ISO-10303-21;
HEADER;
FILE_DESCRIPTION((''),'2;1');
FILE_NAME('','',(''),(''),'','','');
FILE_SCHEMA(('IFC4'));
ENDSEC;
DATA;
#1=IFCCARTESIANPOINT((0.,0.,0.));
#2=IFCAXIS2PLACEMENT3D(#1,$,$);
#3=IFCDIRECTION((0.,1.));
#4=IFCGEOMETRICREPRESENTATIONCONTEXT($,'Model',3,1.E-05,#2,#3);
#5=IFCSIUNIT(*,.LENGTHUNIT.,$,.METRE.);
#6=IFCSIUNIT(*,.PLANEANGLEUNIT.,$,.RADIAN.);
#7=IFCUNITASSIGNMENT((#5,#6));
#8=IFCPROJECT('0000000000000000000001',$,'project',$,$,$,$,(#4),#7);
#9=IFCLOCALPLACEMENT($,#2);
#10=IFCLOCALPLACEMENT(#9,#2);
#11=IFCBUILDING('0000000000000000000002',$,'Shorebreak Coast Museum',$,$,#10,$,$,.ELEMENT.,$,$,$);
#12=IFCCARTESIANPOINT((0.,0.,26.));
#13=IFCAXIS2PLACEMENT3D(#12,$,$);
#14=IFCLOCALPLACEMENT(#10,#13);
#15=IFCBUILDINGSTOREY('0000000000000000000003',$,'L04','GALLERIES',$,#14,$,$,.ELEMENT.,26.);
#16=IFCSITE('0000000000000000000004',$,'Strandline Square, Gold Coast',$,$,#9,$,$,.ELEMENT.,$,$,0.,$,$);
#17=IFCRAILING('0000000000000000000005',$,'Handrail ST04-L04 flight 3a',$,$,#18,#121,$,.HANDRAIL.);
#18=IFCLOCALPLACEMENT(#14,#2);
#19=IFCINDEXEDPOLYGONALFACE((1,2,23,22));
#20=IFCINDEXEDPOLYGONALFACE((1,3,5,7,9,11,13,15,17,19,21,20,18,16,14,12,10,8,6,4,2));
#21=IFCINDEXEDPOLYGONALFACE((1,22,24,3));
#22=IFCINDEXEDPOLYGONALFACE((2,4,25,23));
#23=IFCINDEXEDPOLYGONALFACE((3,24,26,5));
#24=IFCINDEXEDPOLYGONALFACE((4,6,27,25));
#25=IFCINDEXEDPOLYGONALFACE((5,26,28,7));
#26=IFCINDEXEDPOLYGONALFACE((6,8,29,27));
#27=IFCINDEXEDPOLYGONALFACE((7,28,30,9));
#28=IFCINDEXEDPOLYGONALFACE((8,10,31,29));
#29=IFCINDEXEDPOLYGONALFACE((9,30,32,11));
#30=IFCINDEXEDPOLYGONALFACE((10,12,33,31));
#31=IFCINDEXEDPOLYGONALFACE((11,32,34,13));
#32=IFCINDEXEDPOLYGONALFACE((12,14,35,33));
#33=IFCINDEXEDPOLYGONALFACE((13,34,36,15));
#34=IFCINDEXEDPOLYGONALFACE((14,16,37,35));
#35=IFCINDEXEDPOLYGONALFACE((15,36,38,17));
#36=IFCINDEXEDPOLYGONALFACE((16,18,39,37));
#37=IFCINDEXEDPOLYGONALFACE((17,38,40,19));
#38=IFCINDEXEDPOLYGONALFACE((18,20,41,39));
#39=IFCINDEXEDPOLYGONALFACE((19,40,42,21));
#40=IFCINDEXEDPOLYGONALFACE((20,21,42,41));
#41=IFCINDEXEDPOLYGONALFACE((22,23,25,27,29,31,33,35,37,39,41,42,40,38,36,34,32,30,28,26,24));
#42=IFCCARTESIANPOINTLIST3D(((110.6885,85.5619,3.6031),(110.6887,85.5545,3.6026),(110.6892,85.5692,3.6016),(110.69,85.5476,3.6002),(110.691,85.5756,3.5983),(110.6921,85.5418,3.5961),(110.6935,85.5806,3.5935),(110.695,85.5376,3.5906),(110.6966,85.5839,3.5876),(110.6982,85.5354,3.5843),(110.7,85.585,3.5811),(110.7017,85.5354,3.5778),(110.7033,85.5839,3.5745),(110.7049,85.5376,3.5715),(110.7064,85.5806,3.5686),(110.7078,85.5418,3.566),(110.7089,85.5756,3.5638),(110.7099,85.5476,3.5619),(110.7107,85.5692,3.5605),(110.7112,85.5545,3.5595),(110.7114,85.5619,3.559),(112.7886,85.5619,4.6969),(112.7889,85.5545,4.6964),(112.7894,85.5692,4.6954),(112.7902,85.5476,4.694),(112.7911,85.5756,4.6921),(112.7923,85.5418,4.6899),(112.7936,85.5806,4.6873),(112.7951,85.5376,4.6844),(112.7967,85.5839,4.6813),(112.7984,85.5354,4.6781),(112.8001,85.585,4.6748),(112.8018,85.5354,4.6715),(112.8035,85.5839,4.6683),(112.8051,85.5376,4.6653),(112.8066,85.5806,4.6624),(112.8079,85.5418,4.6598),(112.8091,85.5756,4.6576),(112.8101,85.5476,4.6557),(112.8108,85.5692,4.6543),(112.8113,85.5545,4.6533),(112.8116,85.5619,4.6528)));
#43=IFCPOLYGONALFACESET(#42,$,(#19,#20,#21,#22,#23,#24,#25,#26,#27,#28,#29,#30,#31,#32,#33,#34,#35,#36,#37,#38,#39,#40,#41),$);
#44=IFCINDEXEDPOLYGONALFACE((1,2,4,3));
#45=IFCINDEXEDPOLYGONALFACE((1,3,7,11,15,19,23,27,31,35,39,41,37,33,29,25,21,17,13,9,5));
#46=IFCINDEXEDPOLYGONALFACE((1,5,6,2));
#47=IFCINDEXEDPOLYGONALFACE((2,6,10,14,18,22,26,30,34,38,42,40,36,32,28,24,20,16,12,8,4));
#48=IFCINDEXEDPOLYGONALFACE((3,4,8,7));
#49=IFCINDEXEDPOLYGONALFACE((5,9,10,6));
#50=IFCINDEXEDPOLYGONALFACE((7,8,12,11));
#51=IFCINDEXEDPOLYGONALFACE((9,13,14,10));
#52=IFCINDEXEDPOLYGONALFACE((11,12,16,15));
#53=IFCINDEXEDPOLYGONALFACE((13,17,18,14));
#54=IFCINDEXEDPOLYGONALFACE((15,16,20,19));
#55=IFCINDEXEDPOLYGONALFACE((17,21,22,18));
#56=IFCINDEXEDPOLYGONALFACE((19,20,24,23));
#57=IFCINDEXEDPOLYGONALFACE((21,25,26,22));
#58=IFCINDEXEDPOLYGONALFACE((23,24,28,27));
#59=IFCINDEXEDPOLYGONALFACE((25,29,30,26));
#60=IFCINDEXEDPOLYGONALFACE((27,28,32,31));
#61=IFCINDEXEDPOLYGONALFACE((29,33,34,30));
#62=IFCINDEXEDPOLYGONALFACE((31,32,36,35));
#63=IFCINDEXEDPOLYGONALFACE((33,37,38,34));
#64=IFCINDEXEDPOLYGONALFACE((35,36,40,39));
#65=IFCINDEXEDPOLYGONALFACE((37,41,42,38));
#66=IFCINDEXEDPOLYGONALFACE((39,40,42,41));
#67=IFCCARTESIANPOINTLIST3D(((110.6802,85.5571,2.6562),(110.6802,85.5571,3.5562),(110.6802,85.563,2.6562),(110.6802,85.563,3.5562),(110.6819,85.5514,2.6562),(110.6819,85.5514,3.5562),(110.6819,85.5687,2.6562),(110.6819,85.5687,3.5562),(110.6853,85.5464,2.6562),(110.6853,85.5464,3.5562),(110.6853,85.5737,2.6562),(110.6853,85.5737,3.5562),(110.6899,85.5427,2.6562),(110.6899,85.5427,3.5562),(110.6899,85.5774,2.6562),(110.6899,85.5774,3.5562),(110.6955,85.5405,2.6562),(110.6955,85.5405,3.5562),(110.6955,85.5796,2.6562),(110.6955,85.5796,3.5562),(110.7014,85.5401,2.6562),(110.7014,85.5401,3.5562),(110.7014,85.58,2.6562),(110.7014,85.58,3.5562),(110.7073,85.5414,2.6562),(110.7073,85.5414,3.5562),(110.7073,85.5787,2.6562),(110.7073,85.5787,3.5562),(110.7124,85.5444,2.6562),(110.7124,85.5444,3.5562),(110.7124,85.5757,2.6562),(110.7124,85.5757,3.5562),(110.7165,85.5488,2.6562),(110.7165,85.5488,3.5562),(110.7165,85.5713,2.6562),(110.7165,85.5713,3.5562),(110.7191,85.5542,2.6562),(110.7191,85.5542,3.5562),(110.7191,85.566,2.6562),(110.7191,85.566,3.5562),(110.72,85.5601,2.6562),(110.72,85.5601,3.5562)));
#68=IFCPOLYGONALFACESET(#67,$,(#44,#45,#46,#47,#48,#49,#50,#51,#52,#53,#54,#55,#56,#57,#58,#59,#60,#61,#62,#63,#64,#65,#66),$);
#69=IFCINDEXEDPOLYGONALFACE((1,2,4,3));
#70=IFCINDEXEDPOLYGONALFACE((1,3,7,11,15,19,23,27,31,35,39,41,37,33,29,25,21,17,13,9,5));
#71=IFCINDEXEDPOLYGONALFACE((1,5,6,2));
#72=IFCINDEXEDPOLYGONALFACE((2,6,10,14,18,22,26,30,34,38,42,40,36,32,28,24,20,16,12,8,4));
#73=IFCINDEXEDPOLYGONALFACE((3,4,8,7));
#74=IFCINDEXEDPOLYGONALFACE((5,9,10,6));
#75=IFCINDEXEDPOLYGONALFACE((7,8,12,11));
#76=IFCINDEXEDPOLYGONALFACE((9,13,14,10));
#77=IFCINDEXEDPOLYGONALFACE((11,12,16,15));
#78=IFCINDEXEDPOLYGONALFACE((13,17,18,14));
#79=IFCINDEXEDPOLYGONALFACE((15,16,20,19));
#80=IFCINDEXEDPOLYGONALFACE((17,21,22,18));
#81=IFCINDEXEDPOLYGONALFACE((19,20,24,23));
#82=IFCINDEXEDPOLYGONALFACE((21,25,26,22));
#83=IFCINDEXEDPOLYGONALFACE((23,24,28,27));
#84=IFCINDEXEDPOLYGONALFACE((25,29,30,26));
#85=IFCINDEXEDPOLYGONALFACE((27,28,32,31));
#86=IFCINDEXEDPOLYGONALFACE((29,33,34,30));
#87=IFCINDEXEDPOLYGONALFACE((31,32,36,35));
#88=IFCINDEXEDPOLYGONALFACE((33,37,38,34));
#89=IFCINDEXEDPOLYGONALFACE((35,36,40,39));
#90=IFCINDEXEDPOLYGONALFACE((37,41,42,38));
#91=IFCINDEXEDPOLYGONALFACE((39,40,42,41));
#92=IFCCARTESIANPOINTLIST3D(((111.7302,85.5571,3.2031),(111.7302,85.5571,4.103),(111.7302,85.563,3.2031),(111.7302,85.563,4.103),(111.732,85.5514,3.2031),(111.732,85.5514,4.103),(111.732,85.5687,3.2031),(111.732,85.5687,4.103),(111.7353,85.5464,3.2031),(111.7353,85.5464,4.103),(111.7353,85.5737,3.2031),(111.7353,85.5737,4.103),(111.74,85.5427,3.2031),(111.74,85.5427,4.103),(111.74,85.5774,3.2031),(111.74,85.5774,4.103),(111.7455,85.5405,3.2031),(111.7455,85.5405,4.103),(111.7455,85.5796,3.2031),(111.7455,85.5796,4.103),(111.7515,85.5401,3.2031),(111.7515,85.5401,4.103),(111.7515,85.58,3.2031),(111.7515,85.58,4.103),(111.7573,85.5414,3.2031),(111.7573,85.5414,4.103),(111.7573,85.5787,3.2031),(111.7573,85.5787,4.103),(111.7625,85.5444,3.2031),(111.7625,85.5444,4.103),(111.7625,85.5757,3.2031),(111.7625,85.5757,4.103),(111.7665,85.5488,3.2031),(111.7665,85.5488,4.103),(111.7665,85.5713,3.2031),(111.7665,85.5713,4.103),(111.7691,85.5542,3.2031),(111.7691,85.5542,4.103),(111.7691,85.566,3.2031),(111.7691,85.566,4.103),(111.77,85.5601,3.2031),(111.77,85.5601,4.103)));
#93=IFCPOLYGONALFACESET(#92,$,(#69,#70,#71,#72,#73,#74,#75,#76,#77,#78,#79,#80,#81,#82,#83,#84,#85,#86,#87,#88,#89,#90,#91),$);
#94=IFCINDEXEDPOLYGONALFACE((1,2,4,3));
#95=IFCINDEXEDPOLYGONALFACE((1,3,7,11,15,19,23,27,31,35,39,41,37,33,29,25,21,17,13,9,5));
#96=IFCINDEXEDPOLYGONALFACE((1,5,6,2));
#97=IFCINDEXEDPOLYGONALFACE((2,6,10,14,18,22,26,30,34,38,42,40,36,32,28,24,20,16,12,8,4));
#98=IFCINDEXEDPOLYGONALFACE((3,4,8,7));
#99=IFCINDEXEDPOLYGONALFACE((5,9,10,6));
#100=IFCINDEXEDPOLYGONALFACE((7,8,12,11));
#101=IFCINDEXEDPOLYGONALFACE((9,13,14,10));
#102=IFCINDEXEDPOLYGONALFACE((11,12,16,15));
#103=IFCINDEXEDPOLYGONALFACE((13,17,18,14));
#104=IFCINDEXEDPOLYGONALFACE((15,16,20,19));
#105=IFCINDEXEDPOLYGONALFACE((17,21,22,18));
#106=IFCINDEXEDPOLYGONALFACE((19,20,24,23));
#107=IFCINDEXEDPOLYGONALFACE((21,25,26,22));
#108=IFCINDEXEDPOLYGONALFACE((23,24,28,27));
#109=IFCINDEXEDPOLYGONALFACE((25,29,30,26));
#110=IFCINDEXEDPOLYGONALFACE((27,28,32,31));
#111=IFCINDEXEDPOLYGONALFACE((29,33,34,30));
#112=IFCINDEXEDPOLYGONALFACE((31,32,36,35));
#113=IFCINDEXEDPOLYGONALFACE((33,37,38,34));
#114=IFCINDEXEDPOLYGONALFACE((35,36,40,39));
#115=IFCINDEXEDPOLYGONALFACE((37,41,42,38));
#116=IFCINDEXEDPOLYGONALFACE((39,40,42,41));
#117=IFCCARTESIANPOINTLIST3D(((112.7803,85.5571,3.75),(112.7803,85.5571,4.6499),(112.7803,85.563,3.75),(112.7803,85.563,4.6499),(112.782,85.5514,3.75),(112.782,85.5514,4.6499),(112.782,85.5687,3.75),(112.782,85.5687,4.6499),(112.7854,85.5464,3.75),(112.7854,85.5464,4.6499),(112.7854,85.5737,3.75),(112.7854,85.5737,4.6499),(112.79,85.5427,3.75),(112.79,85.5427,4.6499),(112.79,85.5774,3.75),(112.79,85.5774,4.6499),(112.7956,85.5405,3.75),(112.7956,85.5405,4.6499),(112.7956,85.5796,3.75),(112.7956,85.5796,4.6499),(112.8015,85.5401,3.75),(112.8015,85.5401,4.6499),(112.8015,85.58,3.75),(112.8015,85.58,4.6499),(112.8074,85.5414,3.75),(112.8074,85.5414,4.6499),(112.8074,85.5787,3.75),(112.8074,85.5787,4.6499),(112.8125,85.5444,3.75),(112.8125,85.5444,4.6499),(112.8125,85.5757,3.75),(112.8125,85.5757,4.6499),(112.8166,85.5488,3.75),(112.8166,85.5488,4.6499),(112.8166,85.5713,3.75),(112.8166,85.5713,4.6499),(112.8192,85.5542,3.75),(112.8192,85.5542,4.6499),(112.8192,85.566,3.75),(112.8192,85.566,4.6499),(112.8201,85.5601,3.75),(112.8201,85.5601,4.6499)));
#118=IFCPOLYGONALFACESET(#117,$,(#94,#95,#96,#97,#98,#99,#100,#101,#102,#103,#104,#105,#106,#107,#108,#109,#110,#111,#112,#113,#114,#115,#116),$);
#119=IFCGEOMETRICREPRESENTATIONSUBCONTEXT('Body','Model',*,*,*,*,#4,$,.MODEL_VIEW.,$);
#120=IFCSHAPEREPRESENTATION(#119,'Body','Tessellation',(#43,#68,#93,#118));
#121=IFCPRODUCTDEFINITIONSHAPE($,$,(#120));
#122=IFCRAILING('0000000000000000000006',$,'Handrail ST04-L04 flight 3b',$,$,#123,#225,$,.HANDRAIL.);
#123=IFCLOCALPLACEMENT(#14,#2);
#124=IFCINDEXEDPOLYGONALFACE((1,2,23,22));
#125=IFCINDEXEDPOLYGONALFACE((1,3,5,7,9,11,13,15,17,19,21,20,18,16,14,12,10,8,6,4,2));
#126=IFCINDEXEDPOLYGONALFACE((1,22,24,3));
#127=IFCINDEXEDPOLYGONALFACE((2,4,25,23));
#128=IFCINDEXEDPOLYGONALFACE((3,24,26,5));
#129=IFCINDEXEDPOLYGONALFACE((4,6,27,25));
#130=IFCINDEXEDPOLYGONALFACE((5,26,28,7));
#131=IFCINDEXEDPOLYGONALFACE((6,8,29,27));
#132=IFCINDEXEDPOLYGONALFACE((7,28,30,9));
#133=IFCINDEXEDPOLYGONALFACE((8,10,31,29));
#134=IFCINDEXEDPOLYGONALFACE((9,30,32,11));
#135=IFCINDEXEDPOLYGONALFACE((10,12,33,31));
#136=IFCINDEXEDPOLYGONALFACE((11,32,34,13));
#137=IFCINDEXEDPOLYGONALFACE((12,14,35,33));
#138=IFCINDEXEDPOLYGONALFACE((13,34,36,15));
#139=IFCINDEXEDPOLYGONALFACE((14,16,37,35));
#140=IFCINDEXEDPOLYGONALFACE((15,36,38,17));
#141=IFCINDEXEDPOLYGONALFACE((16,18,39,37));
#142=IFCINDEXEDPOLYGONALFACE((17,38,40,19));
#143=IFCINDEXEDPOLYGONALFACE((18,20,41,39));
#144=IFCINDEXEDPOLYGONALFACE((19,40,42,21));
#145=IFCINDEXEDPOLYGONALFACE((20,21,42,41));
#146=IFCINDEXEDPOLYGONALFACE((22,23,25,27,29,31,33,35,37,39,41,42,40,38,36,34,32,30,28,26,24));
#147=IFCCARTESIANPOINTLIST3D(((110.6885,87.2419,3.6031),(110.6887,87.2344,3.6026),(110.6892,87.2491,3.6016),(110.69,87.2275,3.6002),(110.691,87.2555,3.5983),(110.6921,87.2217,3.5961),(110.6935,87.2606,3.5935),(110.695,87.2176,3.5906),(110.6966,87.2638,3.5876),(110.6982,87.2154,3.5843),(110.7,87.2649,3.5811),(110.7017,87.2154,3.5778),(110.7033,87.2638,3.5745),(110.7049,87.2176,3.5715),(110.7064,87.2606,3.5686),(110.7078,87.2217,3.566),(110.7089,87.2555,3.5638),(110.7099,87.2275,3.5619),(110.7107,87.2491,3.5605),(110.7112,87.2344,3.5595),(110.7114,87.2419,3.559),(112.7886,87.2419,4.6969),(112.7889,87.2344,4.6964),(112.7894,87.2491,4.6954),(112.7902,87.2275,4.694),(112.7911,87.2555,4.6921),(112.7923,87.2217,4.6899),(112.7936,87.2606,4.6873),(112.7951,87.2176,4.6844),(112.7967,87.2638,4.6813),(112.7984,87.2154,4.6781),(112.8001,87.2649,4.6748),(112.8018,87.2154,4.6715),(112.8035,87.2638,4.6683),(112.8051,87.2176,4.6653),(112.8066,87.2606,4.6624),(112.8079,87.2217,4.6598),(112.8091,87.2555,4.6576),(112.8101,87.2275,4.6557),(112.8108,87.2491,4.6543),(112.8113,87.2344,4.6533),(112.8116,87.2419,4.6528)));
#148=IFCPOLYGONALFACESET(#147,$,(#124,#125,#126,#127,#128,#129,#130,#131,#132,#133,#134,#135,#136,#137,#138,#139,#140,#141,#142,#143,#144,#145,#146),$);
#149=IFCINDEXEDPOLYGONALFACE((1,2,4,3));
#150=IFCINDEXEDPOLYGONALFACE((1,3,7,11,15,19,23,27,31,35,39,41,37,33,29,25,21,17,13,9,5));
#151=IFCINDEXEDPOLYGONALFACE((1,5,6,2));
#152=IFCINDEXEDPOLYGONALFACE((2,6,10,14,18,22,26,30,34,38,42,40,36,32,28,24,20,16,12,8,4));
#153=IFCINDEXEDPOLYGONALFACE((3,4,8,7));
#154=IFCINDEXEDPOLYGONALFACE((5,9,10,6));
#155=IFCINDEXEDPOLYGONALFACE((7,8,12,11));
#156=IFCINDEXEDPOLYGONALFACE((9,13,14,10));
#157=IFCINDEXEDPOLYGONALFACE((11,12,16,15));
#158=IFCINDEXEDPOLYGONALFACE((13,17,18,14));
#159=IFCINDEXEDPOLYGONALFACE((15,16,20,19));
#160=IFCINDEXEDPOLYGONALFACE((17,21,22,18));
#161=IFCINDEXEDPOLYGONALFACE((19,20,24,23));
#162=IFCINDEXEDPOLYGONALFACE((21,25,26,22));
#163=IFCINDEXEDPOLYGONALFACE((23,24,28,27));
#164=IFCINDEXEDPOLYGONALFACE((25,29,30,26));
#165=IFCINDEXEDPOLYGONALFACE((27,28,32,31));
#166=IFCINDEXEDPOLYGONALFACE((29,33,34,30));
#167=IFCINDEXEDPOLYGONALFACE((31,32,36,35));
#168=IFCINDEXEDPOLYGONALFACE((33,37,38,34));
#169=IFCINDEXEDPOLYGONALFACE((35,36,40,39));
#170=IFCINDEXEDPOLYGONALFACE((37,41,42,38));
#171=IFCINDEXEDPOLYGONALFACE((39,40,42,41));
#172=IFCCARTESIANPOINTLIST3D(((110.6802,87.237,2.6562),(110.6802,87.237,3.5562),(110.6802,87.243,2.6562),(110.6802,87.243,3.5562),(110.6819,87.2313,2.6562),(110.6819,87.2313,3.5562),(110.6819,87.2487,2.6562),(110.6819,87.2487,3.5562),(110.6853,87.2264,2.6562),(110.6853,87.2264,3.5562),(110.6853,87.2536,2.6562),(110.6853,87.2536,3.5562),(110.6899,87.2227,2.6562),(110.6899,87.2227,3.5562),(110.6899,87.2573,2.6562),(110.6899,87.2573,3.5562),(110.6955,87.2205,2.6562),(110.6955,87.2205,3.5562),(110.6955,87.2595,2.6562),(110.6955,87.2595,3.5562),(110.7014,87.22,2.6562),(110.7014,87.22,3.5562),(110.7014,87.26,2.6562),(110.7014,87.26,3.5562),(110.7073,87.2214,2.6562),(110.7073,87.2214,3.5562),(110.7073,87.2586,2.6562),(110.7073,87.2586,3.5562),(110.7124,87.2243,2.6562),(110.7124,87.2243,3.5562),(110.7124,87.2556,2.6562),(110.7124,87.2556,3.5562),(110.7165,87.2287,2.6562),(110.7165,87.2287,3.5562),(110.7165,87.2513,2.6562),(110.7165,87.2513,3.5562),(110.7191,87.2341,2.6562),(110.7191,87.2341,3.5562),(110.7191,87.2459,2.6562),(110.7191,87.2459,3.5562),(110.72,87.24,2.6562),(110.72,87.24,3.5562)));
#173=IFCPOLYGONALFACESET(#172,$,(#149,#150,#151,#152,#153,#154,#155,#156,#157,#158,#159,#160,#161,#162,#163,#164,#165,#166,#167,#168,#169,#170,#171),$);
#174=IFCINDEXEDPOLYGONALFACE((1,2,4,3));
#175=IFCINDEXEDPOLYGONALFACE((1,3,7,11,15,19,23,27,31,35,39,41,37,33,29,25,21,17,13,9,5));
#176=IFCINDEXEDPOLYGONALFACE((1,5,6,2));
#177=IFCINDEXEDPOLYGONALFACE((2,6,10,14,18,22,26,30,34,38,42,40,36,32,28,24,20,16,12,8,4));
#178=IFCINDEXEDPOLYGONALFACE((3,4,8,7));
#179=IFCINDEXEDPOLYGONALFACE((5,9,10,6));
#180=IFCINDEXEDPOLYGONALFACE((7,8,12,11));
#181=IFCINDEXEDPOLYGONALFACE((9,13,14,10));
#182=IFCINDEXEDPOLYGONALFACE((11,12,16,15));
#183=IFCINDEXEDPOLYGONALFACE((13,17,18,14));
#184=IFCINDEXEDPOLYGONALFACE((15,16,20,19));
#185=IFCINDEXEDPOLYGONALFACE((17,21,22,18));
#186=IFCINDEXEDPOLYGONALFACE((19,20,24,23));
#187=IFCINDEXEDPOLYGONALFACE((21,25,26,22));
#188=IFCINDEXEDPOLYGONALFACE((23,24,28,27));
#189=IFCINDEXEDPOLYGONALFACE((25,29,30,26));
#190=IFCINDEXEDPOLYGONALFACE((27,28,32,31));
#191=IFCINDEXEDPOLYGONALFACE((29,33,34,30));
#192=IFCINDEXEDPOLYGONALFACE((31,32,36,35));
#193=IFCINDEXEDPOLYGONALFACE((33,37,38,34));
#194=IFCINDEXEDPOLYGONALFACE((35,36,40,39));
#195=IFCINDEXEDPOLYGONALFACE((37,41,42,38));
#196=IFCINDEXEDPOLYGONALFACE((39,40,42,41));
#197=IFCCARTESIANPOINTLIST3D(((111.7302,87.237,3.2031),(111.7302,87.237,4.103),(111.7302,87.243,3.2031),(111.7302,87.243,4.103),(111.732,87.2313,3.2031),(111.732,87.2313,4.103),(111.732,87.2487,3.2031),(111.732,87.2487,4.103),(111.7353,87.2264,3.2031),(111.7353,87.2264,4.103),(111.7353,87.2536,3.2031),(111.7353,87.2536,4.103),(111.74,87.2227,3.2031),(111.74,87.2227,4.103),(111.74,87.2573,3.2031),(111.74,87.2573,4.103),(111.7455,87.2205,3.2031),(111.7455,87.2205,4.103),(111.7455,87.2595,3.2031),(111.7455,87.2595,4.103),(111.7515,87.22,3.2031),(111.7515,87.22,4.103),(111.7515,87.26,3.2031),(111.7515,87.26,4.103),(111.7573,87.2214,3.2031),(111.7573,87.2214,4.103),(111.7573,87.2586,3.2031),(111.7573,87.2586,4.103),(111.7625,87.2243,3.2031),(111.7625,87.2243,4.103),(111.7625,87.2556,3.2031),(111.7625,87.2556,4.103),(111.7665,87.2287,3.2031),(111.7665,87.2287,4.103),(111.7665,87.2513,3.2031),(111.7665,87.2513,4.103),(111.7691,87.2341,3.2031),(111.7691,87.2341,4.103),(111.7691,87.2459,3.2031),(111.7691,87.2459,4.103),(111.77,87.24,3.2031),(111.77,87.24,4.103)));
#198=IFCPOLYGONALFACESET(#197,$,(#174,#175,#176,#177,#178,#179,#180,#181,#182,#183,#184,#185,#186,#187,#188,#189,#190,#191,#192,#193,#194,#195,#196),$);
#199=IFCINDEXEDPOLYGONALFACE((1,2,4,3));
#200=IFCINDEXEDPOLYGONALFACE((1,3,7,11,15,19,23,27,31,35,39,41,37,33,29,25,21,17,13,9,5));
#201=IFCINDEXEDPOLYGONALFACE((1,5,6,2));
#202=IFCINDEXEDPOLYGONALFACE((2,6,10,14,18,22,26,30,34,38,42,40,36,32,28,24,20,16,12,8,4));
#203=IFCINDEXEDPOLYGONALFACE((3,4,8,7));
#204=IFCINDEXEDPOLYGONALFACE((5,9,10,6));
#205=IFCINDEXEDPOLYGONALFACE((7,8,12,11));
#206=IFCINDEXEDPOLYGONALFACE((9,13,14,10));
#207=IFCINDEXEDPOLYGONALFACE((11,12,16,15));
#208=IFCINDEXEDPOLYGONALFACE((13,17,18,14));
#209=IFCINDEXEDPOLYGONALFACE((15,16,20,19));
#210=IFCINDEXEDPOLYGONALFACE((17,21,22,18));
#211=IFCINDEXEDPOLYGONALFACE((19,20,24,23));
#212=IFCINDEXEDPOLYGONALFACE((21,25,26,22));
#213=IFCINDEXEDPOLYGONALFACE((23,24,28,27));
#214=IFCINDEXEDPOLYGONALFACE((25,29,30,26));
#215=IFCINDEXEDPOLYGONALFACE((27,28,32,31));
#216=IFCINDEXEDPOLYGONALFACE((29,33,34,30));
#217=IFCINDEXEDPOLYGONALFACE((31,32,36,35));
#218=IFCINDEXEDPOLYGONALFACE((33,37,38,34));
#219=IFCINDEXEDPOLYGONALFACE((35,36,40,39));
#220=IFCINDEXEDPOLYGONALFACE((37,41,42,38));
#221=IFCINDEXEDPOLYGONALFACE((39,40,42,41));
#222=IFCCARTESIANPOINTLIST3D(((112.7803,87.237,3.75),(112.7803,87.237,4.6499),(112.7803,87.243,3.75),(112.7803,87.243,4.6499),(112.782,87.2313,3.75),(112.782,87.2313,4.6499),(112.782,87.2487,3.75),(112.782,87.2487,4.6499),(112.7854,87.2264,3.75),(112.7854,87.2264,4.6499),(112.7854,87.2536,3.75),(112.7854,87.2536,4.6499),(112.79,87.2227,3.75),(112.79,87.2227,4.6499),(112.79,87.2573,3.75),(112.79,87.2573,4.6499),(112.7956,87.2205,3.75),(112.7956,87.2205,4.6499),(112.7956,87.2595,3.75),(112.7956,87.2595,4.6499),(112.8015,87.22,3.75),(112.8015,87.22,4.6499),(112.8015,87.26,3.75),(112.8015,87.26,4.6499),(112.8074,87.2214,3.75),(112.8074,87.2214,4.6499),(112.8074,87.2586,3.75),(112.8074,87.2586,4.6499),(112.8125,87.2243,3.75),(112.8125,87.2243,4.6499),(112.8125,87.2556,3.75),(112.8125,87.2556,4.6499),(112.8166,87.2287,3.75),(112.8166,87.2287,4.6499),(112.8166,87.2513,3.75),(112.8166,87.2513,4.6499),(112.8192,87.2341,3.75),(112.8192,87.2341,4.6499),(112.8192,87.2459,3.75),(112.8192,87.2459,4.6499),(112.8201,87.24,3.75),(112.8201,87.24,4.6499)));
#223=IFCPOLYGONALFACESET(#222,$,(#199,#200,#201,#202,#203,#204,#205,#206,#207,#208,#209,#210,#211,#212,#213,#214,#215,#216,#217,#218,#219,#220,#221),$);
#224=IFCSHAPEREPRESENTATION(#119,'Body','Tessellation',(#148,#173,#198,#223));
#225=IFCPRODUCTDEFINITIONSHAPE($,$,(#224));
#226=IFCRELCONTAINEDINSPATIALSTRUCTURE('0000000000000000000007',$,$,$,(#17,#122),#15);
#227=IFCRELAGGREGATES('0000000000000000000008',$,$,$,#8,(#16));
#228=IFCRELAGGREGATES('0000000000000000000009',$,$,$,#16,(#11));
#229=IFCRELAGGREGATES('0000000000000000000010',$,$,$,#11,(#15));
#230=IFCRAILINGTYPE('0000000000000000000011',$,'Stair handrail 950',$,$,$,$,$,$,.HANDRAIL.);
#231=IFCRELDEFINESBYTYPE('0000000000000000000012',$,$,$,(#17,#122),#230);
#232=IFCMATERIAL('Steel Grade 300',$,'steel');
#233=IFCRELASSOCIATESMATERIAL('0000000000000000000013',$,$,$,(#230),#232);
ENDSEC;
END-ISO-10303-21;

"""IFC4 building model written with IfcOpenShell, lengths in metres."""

from ifc_helpers import new_model, si_unit, direction, frame, origin, origin_2d, place, context, subcontext, project, spatial, circle, extrude, material, type_object, element, save


model = new_model("IFC4")

# Units and contexts
model_context = context("Model", 3, precision=1e-05, world=origin(), true_north=direction((0.0, 1.0)))
body_context = subcontext(model_context, "Body", "Model", "MODEL_VIEW")
ifc_project = project(units=[si_unit("LENGTHUNIT", "METRE"), si_unit("PLANEANGLEUNIT", "RADIAN")], contexts=[model_context])

# Site, building, storey
site_placement = place(None, origin())
site = spatial("IfcSite", under=ifc_project, at=site_placement, Name="Strandline Square, Gold Coast", CompositionType="ELEMENT", RefElevation=0.0)
building_placement = place(site_placement, origin())
building = spatial("IfcBuilding", under=site, at=building_placement, Name="Shorebreak Coast Museum", CompositionType="ELEMENT")
storey_placement = place(building_placement, frame((0.0, 0.0, 26.0)))
storey = spatial("IfcBuildingStorey", under=building, at=storey_placement, Name="L04", Description="GALLERIES", CompositionType="ELEMENT", Elevation=26.0)

# Railings
ifc_material_1 = material(Name="Steel Grade 300", Category="steel")
railing_type_1 = type_object("IfcRailingType", Name="Stair handrail 950", PredefinedType="HANDRAIL", material=ifc_material_1)
for number, where, name in (
    (1, (110.7, 85.5601, 2.6562), "Handrail ST04-L04 flight 3a"),
    (2, (110.7, 87.24, 2.6562), "Handrail ST04-L04 flight 3b"),
):
    element("IfcRailing", number, at=place(storey_placement, frame(where)), inside=storey, type_object=railing_type_1, Name=name, PredefinedType="HANDRAIL", context=body_context, shape_type="SweptSolid", body=[
        extrude(circle(Radius=0.0249, at=origin_2d()), frame((0.0, 0.0, 0.9248), z_axis=(0.886923, 0.0, 0.461918), x_axis=(0.0, 1.0, 0.0)), (0.0, 0.0, 1.0), 2.3679),
        extrude(circle(Radius=0.02, at=origin_2d()), origin(), (0.0, 0.0, 1.0), 0.8999),
        extrude(circle(Radius=0.02, at=origin_2d()), frame((1.05, 0.0, 0.5469)), (0.0, 0.0, 1.0), 0.8999),
        extrude(circle(Radius=0.02, at=origin_2d()), frame((2.1001, 0.0, 1.0938)), (0.0, 0.0, 1.0), 0.8999),
    ])

save(model, "model.ifc")
